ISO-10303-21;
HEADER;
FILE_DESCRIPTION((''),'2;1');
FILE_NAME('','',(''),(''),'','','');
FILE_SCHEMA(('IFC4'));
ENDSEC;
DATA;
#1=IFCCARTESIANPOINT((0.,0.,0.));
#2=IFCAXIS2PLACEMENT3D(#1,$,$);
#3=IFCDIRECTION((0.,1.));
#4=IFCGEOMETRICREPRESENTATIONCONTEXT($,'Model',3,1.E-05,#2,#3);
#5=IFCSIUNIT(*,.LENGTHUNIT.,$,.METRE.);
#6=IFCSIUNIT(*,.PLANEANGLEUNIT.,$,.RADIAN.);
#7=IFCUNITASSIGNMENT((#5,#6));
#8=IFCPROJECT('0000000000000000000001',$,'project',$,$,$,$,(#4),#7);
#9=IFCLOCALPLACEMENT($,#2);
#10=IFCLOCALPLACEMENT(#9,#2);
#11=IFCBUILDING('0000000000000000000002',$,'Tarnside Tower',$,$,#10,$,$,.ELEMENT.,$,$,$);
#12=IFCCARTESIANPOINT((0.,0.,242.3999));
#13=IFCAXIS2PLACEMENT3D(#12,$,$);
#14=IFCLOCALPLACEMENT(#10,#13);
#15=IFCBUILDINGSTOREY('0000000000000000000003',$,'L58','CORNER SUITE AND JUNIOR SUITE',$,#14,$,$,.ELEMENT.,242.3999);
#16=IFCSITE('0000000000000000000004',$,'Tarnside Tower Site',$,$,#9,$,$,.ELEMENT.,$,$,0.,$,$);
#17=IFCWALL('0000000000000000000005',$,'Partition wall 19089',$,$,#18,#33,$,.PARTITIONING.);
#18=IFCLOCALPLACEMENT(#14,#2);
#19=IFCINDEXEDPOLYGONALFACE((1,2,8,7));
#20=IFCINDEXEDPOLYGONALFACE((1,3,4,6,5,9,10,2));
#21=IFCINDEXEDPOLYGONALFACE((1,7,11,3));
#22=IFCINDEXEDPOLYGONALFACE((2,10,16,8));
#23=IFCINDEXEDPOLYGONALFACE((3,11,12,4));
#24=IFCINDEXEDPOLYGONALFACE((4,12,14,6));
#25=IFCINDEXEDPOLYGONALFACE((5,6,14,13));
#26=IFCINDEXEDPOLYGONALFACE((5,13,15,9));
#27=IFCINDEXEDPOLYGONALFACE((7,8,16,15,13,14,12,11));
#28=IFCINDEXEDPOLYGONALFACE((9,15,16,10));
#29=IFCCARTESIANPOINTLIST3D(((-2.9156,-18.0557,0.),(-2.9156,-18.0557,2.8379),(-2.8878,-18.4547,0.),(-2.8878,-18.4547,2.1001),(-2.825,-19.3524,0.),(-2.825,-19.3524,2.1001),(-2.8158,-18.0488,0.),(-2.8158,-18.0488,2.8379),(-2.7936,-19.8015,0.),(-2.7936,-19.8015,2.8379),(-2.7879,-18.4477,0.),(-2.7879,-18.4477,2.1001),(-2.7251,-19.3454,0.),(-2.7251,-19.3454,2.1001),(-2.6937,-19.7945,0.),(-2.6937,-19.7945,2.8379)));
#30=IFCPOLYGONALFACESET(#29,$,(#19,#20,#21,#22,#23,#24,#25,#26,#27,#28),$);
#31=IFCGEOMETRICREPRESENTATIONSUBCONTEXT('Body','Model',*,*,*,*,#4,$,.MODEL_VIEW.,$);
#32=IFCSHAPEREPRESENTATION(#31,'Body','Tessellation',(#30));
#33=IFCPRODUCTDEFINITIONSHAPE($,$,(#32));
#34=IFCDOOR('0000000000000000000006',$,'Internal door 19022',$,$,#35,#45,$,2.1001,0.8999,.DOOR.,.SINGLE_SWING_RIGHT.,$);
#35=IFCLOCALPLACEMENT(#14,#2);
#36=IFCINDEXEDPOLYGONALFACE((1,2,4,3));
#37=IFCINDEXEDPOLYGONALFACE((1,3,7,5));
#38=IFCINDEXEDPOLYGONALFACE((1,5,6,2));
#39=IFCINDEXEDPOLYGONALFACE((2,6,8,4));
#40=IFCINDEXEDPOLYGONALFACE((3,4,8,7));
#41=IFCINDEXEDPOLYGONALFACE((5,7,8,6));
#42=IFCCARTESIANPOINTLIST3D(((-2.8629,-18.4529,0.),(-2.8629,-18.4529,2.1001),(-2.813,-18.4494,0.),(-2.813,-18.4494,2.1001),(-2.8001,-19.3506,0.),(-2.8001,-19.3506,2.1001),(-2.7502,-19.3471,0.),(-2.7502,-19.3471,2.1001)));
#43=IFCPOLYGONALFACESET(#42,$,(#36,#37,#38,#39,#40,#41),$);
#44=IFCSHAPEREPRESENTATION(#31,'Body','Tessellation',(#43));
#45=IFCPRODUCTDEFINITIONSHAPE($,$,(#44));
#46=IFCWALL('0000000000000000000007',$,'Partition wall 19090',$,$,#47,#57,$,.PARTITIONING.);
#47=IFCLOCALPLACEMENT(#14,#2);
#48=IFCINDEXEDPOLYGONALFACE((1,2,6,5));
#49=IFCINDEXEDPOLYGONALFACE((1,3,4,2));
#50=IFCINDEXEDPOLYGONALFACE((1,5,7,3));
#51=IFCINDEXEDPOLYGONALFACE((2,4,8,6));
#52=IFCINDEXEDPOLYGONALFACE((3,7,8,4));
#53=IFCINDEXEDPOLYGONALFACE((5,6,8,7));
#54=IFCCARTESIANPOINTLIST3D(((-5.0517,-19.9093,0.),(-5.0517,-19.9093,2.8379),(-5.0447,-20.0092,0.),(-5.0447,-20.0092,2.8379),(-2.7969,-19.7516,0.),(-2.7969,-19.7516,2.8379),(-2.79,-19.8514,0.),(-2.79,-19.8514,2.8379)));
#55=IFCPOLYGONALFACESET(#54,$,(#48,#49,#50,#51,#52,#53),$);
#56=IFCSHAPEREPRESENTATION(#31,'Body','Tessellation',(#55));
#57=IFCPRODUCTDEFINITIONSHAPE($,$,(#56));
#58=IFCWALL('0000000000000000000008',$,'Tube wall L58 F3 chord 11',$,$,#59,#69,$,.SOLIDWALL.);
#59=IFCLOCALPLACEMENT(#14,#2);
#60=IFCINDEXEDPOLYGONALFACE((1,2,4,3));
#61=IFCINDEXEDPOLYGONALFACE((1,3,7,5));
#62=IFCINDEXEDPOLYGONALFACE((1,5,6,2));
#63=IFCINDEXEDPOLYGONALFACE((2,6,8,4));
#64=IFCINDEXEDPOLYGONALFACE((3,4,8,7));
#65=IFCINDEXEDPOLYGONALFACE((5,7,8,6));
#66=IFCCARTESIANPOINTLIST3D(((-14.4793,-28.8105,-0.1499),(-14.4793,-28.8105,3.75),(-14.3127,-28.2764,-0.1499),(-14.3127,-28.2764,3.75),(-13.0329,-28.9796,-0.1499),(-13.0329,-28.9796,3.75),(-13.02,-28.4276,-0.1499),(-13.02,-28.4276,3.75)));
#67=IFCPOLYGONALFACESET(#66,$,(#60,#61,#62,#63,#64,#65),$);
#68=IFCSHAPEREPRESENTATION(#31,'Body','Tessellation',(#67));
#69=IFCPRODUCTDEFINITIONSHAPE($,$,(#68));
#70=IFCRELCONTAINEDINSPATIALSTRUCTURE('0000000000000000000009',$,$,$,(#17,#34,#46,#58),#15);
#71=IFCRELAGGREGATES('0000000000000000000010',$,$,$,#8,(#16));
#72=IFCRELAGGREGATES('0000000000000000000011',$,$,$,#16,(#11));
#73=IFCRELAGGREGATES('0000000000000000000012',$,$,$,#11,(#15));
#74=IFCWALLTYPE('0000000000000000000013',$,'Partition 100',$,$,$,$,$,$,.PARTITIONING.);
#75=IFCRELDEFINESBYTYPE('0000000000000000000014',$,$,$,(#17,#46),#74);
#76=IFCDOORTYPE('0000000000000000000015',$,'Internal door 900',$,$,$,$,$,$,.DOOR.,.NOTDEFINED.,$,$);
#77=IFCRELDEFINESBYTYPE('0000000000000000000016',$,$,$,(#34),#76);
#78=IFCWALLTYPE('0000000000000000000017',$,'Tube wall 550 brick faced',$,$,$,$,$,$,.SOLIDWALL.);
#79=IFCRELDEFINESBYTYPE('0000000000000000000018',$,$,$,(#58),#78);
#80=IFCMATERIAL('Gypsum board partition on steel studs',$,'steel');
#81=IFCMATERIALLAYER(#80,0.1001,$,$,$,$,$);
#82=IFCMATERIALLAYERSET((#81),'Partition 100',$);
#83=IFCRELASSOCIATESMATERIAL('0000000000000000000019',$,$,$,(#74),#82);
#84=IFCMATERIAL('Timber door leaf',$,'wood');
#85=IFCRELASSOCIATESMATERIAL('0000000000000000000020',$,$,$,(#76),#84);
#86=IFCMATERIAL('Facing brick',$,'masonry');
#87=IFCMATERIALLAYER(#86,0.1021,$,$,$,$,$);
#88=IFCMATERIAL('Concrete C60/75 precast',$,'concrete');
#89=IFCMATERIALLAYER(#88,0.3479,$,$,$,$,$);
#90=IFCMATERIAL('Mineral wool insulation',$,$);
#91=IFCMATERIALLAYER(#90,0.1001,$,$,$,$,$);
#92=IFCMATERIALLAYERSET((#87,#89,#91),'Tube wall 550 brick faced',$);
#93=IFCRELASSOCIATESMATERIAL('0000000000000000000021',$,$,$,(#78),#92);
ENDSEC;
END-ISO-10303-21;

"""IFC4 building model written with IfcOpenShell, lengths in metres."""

from ifc_helpers import new_model, si_unit, direction, frame, frame_2d, origin, place, context, subcontext, project, spatial, polyline, rectangle, outline, extrude, material, layer, layer_set, type_object, element, fill, save


model = new_model("IFC4")

# Units and contexts
model_context = context("Model", 3, precision=1e-05, world=origin(), true_north=direction((0.0, 1.0)))
body_context = subcontext(model_context, "Body", "Model", "MODEL_VIEW")
ifc_project = project(units=[si_unit("LENGTHUNIT", "METRE"), si_unit("PLANEANGLEUNIT", "RADIAN")], contexts=[model_context])

# Site, building, storey
site_placement = place(None, origin())
site = spatial("IfcSite", under=ifc_project, at=site_placement, Name="Tarnside Tower Site", CompositionType="ELEMENT", RefElevation=0.0)
building_placement = place(site_placement, origin())
building = spatial("IfcBuilding", under=site, at=building_placement, Name="Tarnside Tower", CompositionType="ELEMENT")
storey_placement = place(building_placement, frame((0.0, 0.0, 242.3999)))
storey = spatial("IfcBuildingStorey", under=building, at=storey_placement, Name="L58", Description="CORNER SUITE AND JUNIOR SUITE", CompositionType="ELEMENT", Elevation=242.3999)

# Shared definitions
ifc_material_1 = material(Name="Gypsum board partition on steel studs", Category="steel")
ifc_material_2 = material(Name="Timber door leaf", Category="wood")

# Wall, opening, door
ifc_layer_1 = layer(ifc_material_1, 0.1001)
ifc_layer_set_1 = layer_set([ifc_layer_1], Name="Partition 100")
wall_type_1 = type_object("IfcWallType", Name="Partition 100", PredefinedType="PARTITIONING", material=ifc_layer_set_1)
wall_1_placement = place(storey_placement, frame((-2.8657, -18.0522, 0.0), z_axis=(0.0, 0.0, 1.0), x_axis=(0.06975, -0.997565, 0.0)))
wall_1 = element("IfcWall", 1, at=wall_1_placement, inside=storey, type_object=wall_type_1, Name="Partition wall 19089", PredefinedType="PARTITIONING", context=body_context, shape_type="SweptSolid", body=[
    extrude(rectangle(XDim=1.75, YDim=0.1001, at=frame_2d((0.875, 0.0))), origin(), (0.0, 0.0, 1.0), 2.8379),
])
opening_1_placement = place(wall_1_placement, frame((0.3999, 0.0, 0.0)))
opening_1 = element("IfcOpeningElement", 2, at=opening_1_placement, cuts=wall_1, PredefinedType="OPENING", context=body_context, shape_type="SweptSolid", body=[
    extrude(rectangle(XDim=0.8999, YDim=2.1001, at=frame_2d((0.45, 1.05))), frame((0.0, 0.0601, 0.0), z_axis=(0.0, -1.0, 0.0), x_axis=(1.0, 0.0, 0.0)), (0.0, 0.0, 1.0), 0.1201),
])
door_type_1 = type_object("IfcDoorType", Name="Internal door 900", OperationType="NOTDEFINED", PredefinedType="DOOR", material=ifc_material_2)
door_1_placement = place(opening_1_placement, origin())
door_1 = element("IfcDoor", 3, at=door_1_placement, inside=storey, type_object=door_type_1, Name="Internal door 19022", OperationType="SINGLE_SWING_RIGHT", OverallHeight=2.1001, OverallWidth=0.8999, PredefinedType="DOOR", context=body_context, shape_type="SweptSolid", body=[
    extrude(rectangle(XDim=0.8999, YDim=2.1001, at=frame_2d((0.45, 1.05))), frame((0.0, 0.0249, 0.0), z_axis=(0.0, -1.0, 0.0), x_axis=(1.0, 0.0, 0.0)), (0.0, 0.0, 1.0), 0.05),
])
fill(opening_1, door_1)

# Walls
wall_2_placement = place(storey_placement, frame((-2.7935, -19.8015, 0.0), z_axis=(0.0, 0.0, 1.0), x_axis=(-0.997562, -0.069781, 0.0)))
element("IfcWall", 4, at=wall_2_placement, inside=storey, type_object=wall_type_1, Name="Partition wall 19090", PredefinedType="PARTITIONING", context=body_context, shape_type="SweptSolid", body=[
    extrude(rectangle(XDim=2.2603, YDim=0.1001, at=frame_2d((1.1301, 0.0))), origin(), (0.0, 0.0, 1.0), 2.8379),
])
ifc_material_3 = material(Name="Facing brick", Category="masonry")
ifc_layer_2 = layer(ifc_material_3, 0.1021)
ifc_material_4 = material(Name="Concrete C60/75 precast", Category="concrete")
ifc_layer_3 = layer(ifc_material_4, 0.3479)
ifc_material_5 = material(Name="Mineral wool insulation")
ifc_layer_4 = layer(ifc_material_5, 0.1001)
ifc_layer_set_2 = layer_set([ifc_layer_2, ifc_layer_3, ifc_layer_4], Name="Tube wall 550 brick faced")
wall_type_2 = type_object("IfcWallType", Name="Tube wall 550 brick faced", PredefinedType="SOLIDWALL", material=ifc_layer_set_2)
wall_3_placement = place(storey_placement, frame((-14.396, -28.5435, -0.1499), z_axis=(0.0, 0.0, 1.0), x_axis=(0.993233, -0.116143, 0.0)))
element("IfcWall", 5, at=wall_3_placement, inside=storey, type_object=wall_type_2, Name="Tube wall L58 F3 chord 11", PredefinedType="SOLIDWALL", context=body_context, shape_type="SweptSolid", body=[
    extrude(outline(polyline([(-0.0518, -0.2749), (1.4045, -0.2749), (1.3533, 0.2749), (0.0518, 0.2749), (-0.0518, -0.2749)])), origin(), (0.0, 0.0, 1.0), 3.8999),
])

save(model, "model.ifc")
